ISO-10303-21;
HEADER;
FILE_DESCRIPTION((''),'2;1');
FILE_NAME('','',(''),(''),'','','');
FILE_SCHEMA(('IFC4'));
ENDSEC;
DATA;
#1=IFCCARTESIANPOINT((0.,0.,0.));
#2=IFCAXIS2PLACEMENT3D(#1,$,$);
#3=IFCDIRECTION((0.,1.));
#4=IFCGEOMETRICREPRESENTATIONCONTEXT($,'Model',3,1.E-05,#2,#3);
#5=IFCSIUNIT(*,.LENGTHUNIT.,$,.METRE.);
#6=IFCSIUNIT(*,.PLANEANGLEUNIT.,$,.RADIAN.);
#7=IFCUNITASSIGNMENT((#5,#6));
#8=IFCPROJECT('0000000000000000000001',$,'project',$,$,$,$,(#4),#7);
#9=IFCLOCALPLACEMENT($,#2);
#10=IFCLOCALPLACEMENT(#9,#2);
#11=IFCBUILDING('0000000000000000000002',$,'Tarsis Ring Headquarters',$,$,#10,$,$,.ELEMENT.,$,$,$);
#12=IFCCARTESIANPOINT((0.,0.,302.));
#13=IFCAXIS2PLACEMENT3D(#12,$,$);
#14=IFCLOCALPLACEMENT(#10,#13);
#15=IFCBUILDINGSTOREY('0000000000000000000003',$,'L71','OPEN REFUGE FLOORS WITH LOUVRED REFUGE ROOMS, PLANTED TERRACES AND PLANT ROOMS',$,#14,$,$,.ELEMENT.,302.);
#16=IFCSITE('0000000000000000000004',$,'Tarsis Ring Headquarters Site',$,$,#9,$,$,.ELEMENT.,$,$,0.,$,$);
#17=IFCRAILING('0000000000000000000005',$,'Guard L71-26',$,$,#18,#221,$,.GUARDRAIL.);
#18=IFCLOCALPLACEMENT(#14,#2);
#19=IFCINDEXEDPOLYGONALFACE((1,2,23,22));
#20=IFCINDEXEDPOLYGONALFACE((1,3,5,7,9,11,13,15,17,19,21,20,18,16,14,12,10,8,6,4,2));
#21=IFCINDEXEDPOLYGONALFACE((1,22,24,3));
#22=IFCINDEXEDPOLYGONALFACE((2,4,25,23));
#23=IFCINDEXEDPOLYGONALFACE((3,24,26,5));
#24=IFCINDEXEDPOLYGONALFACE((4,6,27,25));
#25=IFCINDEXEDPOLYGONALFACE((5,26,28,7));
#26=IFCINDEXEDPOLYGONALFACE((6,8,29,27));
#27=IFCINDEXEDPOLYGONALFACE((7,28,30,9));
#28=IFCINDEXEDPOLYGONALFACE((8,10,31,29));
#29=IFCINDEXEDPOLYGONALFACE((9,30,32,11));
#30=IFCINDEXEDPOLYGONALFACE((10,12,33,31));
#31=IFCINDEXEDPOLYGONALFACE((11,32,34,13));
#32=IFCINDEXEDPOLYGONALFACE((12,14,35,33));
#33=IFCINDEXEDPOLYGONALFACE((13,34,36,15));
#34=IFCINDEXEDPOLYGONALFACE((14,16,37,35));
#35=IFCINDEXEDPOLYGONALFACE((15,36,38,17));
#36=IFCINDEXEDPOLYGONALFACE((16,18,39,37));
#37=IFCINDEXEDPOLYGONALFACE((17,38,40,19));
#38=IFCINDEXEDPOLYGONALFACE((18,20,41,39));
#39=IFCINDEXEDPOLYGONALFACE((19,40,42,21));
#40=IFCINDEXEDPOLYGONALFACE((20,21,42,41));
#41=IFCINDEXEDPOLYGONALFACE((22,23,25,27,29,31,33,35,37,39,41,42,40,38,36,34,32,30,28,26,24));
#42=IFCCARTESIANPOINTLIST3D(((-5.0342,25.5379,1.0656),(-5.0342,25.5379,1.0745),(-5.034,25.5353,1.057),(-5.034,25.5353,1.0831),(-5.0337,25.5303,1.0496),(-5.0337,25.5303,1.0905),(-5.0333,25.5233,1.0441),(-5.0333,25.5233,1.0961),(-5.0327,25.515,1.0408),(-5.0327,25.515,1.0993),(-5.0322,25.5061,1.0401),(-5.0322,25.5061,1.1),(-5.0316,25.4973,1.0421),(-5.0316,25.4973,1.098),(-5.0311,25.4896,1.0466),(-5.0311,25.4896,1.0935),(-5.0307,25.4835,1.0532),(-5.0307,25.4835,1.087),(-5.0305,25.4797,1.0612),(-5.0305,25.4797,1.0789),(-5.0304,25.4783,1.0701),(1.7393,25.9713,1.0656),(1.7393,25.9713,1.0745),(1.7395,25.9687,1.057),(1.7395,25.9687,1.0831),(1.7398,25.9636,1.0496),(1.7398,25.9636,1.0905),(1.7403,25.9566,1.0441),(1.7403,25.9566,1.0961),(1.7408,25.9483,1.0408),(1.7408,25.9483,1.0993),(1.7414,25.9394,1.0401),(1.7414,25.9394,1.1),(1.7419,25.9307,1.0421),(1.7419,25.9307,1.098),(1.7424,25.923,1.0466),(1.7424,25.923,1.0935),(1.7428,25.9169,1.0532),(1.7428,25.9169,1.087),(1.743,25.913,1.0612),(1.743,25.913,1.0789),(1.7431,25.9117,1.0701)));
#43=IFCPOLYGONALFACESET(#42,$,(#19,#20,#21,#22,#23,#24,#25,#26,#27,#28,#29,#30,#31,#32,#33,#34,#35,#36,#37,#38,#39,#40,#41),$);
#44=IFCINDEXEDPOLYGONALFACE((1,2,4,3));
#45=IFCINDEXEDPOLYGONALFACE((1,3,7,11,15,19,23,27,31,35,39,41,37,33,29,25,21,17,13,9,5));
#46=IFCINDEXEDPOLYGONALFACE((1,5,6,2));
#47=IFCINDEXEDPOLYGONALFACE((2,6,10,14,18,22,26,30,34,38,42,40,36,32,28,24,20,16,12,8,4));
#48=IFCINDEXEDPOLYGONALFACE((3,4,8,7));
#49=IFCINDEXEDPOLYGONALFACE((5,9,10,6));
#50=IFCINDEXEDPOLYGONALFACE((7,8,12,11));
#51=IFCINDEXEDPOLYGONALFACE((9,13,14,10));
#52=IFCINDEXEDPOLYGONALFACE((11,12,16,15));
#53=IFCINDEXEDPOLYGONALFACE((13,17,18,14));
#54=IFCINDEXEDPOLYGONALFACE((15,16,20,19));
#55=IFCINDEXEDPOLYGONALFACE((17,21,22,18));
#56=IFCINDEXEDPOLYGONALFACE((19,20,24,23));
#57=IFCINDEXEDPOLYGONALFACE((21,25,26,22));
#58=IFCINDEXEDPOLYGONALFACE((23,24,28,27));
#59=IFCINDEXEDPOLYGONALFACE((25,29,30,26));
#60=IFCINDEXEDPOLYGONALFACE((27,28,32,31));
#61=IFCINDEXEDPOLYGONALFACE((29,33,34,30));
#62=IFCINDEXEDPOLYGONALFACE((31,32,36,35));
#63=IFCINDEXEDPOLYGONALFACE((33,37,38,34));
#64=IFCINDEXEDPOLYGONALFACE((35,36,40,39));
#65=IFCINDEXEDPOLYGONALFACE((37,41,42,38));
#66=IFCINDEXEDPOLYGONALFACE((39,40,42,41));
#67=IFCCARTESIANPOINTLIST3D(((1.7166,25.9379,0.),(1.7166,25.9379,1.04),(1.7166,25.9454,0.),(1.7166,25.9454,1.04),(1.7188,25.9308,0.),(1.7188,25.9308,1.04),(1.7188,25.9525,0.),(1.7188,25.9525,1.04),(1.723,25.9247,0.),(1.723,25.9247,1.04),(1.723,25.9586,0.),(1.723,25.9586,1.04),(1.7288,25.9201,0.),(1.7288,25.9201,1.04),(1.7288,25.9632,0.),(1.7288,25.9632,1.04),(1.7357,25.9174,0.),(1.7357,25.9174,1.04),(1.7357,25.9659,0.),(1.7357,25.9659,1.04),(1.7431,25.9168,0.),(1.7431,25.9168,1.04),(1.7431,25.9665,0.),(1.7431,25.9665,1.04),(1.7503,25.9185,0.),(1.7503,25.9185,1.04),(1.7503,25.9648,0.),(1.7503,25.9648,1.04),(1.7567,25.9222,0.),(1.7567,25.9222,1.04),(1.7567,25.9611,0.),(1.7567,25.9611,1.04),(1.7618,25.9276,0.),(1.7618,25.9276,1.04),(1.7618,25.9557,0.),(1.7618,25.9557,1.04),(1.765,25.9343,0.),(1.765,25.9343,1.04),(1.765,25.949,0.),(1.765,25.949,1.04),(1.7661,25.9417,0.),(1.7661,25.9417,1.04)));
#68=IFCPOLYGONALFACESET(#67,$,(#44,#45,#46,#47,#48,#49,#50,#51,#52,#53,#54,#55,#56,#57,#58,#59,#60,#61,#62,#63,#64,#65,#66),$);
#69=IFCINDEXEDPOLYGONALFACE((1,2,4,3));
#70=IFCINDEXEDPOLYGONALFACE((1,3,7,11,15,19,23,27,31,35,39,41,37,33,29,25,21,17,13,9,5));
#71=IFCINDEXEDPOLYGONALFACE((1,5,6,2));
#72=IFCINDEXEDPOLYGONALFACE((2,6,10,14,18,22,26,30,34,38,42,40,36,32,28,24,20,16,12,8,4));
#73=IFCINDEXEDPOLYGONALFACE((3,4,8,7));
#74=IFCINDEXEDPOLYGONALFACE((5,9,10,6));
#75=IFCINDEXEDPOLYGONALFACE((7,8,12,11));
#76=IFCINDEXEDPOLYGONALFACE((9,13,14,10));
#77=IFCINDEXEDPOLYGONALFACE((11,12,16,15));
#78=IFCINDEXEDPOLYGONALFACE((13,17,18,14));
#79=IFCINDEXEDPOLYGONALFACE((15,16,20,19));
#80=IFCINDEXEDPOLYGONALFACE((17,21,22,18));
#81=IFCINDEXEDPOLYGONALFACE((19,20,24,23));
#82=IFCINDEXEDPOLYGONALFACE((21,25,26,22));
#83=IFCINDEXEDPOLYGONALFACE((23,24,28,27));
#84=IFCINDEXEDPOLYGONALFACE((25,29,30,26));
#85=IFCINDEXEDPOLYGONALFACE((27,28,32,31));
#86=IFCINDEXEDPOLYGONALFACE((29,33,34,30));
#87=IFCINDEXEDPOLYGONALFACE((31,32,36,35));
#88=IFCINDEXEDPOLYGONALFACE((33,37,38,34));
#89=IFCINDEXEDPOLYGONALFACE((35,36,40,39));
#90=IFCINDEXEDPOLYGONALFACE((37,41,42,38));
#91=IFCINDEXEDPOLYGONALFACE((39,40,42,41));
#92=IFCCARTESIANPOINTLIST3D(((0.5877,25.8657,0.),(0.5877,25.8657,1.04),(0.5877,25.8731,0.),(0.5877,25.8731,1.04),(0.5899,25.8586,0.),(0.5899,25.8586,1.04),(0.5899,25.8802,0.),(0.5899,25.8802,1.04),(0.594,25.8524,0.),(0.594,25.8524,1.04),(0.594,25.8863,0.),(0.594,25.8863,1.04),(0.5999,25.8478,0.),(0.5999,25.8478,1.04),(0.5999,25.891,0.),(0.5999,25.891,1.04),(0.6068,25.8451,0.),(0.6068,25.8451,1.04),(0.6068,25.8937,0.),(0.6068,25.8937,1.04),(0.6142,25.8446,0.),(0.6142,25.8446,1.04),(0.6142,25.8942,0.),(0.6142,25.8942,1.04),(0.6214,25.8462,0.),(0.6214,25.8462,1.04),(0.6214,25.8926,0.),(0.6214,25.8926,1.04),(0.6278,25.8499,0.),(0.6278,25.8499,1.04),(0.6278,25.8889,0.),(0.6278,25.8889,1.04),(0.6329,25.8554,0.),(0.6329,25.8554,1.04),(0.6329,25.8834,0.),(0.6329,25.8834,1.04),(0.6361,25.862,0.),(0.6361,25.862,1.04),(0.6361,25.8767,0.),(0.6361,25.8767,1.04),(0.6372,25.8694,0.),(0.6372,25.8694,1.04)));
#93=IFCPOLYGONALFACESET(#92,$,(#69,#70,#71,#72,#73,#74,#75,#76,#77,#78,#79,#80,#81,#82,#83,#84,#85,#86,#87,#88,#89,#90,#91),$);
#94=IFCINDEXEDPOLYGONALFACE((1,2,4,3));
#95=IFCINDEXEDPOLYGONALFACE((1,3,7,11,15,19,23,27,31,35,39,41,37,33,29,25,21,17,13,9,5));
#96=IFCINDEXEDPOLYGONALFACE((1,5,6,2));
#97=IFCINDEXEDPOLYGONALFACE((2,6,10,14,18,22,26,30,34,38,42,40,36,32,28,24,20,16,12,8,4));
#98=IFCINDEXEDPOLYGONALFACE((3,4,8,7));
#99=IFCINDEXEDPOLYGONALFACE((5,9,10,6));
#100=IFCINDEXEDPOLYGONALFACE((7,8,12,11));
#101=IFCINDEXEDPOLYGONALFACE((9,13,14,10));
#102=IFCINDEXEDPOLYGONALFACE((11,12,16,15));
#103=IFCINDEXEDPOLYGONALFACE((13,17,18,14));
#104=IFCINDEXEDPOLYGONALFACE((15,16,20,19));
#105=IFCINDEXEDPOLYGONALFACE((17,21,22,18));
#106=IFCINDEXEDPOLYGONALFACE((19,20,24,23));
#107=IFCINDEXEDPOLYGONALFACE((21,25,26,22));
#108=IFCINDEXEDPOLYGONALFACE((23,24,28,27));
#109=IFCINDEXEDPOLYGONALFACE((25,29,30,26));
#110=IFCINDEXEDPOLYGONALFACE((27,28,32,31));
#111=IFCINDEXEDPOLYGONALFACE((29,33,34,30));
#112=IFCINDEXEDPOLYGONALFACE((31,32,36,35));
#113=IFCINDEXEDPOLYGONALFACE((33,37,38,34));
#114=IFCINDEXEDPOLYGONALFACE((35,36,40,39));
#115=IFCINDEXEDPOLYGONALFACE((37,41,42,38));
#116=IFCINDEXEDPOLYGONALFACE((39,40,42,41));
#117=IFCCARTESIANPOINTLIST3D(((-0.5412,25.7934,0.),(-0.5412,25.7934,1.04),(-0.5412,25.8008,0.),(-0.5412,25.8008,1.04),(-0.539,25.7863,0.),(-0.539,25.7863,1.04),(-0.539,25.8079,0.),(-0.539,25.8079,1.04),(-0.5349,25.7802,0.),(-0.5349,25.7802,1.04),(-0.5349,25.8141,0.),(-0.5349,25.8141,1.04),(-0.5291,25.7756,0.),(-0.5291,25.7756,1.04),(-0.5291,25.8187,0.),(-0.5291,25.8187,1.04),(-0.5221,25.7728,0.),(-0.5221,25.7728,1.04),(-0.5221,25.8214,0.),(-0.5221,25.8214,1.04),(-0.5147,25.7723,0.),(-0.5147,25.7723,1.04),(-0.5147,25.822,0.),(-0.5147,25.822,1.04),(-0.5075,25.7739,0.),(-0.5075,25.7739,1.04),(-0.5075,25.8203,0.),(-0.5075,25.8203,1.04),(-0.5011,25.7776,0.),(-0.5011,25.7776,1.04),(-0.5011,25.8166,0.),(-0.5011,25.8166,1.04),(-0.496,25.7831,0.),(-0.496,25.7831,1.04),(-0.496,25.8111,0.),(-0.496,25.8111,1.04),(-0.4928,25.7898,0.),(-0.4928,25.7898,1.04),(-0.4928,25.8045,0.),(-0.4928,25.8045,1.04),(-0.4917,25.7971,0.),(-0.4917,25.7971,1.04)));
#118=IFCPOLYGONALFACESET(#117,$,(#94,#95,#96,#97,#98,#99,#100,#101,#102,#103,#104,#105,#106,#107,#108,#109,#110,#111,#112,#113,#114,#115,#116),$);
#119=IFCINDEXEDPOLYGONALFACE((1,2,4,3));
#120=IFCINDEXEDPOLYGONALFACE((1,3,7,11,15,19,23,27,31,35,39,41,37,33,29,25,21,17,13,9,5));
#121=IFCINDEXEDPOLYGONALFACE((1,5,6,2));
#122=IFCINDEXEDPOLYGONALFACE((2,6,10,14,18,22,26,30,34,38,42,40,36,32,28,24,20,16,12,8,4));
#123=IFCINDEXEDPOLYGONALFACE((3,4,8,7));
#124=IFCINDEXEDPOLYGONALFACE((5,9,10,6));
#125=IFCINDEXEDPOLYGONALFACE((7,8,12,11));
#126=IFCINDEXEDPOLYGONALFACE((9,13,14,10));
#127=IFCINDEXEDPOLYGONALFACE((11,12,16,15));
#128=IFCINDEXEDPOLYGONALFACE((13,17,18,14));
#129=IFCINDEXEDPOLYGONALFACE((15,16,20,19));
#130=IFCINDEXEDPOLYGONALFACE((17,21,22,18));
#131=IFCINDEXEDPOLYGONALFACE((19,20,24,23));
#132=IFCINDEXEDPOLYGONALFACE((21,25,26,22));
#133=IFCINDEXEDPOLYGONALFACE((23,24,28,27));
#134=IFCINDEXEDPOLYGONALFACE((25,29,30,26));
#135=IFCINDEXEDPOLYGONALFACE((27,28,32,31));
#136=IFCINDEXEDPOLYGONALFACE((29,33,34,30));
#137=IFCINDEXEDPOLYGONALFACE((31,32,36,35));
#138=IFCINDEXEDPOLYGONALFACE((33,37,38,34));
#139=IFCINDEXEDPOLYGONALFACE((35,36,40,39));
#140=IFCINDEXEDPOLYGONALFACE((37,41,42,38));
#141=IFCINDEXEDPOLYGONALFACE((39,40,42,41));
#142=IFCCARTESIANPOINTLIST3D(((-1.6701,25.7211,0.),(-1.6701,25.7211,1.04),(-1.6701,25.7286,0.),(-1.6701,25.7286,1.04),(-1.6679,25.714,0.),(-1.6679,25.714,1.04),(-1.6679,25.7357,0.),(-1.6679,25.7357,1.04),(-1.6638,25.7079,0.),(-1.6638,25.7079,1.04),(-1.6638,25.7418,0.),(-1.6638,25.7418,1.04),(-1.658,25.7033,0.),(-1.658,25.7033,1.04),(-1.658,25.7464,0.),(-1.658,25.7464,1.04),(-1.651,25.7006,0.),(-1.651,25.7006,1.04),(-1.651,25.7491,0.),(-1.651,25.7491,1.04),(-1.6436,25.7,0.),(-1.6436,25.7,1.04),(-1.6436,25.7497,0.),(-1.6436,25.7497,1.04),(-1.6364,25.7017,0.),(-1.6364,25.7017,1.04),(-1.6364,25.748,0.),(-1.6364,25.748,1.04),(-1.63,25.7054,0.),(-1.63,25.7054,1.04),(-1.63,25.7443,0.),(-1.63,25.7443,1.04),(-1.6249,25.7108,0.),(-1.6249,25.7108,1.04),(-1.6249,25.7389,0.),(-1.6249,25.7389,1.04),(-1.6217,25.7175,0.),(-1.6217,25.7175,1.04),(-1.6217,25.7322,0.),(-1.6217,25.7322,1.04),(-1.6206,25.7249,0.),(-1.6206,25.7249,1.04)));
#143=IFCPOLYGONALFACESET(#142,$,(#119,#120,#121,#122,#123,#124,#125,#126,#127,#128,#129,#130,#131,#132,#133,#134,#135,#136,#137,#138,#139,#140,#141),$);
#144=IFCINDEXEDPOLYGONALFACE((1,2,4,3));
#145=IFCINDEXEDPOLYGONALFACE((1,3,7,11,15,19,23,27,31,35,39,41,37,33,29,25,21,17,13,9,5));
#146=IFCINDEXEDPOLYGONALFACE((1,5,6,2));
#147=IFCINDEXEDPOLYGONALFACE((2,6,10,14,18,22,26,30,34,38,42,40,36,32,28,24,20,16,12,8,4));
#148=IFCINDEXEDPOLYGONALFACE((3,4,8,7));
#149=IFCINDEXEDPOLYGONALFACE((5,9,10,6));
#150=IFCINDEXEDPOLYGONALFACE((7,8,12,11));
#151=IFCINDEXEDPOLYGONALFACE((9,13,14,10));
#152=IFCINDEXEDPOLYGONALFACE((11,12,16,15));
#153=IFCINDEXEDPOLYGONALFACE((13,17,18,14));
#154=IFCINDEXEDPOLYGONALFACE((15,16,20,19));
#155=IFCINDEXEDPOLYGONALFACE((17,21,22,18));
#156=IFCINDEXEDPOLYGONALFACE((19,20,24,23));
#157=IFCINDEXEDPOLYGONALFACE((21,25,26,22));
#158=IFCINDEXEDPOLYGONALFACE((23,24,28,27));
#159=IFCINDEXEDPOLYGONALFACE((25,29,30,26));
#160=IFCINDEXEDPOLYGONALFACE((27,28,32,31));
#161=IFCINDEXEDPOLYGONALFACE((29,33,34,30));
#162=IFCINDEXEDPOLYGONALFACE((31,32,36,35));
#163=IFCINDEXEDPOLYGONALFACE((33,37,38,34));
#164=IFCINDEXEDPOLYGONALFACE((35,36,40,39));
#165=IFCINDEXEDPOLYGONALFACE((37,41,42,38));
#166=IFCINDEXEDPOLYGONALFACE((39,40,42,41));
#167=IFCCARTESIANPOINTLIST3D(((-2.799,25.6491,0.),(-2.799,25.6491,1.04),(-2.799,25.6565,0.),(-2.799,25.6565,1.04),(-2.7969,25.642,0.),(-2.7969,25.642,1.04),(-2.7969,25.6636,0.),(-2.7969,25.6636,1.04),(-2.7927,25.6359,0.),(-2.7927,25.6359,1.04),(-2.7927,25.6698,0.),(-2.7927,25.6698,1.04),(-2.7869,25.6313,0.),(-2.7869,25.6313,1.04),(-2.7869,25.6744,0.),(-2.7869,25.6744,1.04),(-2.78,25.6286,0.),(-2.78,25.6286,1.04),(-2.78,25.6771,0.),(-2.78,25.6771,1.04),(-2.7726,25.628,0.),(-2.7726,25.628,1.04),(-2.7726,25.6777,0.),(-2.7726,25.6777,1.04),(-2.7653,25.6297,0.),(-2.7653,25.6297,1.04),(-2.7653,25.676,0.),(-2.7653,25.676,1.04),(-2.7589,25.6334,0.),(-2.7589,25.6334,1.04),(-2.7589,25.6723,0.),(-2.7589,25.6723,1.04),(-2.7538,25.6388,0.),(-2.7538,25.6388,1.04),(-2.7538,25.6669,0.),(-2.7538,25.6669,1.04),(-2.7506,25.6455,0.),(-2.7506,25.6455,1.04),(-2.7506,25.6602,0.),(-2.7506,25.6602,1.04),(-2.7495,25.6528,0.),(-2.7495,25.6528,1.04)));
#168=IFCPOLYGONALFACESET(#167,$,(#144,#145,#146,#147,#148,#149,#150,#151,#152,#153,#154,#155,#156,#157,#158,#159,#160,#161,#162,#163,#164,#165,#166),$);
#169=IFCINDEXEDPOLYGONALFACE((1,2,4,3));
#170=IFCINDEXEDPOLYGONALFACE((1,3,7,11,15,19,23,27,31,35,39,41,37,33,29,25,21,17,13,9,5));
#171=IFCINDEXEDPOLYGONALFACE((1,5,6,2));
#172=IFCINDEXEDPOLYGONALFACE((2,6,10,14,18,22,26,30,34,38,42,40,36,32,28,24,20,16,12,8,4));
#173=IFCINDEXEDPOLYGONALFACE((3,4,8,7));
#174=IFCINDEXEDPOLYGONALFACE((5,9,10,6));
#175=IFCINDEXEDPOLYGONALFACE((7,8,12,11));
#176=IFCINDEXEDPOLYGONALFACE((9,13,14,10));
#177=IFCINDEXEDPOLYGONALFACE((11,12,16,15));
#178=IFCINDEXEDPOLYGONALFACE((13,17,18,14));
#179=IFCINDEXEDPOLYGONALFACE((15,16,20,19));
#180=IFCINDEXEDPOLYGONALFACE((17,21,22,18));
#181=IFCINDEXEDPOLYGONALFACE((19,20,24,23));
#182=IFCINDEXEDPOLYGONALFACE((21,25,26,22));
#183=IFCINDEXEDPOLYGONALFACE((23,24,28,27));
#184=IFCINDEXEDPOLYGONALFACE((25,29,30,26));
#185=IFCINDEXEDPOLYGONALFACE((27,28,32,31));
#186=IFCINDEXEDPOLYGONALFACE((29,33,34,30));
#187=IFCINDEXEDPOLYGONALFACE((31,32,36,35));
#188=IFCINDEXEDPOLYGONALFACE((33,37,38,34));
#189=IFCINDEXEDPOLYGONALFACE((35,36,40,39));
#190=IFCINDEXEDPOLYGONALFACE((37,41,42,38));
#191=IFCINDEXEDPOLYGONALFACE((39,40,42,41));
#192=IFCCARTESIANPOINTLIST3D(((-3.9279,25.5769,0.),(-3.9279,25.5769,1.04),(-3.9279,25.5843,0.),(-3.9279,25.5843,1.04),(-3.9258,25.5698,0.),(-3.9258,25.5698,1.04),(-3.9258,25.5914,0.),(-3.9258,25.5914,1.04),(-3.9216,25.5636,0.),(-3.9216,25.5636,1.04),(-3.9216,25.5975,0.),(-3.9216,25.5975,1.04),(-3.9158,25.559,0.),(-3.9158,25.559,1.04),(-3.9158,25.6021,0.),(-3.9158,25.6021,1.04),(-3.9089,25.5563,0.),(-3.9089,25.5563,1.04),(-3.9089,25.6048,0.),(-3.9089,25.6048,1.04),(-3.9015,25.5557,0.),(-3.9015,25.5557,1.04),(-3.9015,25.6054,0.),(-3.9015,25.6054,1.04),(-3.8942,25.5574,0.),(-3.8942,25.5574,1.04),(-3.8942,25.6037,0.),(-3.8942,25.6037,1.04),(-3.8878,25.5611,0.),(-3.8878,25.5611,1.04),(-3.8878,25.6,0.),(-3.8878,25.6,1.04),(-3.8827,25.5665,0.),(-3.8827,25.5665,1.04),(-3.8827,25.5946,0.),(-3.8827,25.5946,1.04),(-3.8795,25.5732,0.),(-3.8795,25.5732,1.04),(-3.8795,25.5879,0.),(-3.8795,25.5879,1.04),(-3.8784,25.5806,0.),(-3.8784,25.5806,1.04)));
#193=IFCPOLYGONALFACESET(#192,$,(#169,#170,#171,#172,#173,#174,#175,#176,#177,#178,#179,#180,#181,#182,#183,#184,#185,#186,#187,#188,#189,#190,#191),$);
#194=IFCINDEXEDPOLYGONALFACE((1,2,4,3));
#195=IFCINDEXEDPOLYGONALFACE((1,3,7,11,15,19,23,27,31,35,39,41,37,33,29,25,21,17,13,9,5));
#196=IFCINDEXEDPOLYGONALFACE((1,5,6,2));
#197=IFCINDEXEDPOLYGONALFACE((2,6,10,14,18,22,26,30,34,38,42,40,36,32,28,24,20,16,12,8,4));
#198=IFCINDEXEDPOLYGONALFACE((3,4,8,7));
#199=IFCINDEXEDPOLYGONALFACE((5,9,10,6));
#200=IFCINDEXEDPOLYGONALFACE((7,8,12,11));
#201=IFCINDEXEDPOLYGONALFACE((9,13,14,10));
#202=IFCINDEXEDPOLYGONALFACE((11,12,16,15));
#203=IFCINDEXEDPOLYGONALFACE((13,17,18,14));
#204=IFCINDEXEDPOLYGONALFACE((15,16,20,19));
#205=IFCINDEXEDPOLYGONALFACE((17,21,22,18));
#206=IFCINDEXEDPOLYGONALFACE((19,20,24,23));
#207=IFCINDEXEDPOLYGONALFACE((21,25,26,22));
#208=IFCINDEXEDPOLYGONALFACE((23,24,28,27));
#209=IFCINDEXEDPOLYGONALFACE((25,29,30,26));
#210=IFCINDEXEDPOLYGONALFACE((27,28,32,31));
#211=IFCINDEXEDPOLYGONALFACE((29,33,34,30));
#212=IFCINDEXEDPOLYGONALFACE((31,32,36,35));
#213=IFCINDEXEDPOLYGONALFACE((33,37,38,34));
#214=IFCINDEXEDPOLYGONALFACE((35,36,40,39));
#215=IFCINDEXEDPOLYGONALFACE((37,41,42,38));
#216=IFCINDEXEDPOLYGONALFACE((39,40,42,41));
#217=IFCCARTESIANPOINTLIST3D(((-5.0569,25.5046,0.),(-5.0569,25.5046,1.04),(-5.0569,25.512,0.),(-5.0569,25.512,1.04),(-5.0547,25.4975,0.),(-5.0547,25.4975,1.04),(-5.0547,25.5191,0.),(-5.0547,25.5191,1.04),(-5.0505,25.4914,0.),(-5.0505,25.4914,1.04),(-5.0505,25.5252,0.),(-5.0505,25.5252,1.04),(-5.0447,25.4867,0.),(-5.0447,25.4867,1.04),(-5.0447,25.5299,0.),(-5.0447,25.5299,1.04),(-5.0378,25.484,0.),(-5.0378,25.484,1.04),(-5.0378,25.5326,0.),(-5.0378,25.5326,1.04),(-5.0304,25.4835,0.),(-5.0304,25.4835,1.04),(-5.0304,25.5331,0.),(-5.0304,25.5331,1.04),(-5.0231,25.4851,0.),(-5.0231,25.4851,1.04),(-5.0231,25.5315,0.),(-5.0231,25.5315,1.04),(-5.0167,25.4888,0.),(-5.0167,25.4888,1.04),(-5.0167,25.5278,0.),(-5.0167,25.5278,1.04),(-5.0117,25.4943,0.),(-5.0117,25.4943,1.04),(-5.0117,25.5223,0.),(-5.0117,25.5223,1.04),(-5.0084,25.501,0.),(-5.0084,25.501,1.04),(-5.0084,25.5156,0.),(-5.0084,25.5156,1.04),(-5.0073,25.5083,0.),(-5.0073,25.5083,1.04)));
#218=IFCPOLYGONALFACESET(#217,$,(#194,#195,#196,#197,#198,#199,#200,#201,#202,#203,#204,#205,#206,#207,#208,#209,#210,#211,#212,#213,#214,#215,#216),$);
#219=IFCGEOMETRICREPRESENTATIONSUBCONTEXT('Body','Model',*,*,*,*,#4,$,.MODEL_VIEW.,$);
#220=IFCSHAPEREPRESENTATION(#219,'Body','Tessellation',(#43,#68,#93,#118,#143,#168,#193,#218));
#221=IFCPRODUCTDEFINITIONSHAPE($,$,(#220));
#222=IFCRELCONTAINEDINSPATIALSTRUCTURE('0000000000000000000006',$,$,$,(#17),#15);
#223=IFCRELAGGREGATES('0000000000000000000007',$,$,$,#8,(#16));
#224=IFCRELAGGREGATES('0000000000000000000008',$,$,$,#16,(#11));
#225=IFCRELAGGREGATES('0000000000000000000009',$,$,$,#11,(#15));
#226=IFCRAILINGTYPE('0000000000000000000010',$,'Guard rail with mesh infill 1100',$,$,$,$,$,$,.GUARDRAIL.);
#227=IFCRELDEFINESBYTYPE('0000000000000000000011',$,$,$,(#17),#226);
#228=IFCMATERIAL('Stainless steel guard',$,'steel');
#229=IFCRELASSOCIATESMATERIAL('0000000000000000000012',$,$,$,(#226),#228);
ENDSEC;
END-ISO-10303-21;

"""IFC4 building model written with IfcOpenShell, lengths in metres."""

from ifc_helpers import new_model, si_unit, direction, frame, origin, origin_2d, place, context, subcontext, project, spatial, circle, extrude, material, type_object, element, save


model = new_model("IFC4")

# Units and contexts
model_context = context("Model", 3, precision=1e-05, world=origin(), true_north=direction((0.0, 1.0)))
body_context = subcontext(model_context, "Body", "Model", "MODEL_VIEW")
ifc_project = project(units=[si_unit("LENGTHUNIT", "METRE"), si_unit("PLANEANGLEUNIT", "RADIAN")], contexts=[model_context])

# Site, building, storey
site_placement = place(None, origin())
site = spatial("IfcSite", under=ifc_project, at=site_placement, Name="Tarsis Ring Headquarters Site", CompositionType="ELEMENT", RefElevation=0.0)
building_placement = place(site_placement, origin())
building = spatial("IfcBuilding", under=site, at=building_placement, Name="Tarsis Ring Headquarters", CompositionType="ELEMENT")
storey_placement = place(building_placement, frame((0.0, 0.0, 302.0)))
storey = spatial("IfcBuildingStorey", under=building, at=storey_placement, Name="L71", Description="OPEN REFUGE FLOORS WITH LOUVRED REFUGE ROOMS, PLANTED TERRACES AND PLANT ROOMS", CompositionType="ELEMENT", Elevation=302.0)

# Railing
ifc_material_1 = material(Name="Stainless steel guard", Category="steel")
railing_type = type_object("IfcRailingType", Name="Guard rail with mesh infill 1100", PredefinedType="GUARDRAIL", material=ifc_material_1)
railing_placement = place(storey_placement, frame((1.7412, 25.9417, 0.0)))
element("IfcRailing", 1, at=railing_placement, inside=storey, type_object=railing_type, Name="Guard L71-26", PredefinedType="GUARDRAIL", context=body_context, shape_type="SweptSolid", body=[
    extrude(circle(Radius=0.03, at=origin_2d()), frame((0.0, 0.0, 1.0701), z_axis=(-0.99796, -0.063847, 0.0), x_axis=(0.063847, -0.99796, 0.0)), (0.0, 0.0, 1.0), 6.7874),
    extrude(circle(Radius=0.0249, at=origin_2d()), origin(), (0.0, 0.0, 1.0), 1.04),
    extrude(circle(Radius=0.0249, at=origin_2d()), frame((-1.1289, -0.0723, 0.0)), (0.0, 0.0, 1.0), 1.04),
    extrude(circle(Radius=0.0249, at=origin_2d()), frame((-2.2578, -0.1445, 0.0)), (0.0, 0.0, 1.0), 1.04),
    extrude(circle(Radius=0.0249, at=origin_2d()), frame((-3.3867, -0.2168, 0.0)), (0.0, 0.0, 1.0), 1.04),
    extrude(circle(Radius=0.0249, at=origin_2d()), frame((-4.5156, -0.2888, 0.0)), (0.0, 0.0, 1.0), 1.04),
    extrude(circle(Radius=0.0249, at=origin_2d()), frame((-5.6445, -0.3611, 0.0)), (0.0, 0.0, 1.0), 1.04),
    extrude(circle(Radius=0.0249, at=origin_2d()), frame((-6.7734, -0.4333, 0.0)), (0.0, 0.0, 1.0), 1.04),
])

save(model, "model.ifc")
